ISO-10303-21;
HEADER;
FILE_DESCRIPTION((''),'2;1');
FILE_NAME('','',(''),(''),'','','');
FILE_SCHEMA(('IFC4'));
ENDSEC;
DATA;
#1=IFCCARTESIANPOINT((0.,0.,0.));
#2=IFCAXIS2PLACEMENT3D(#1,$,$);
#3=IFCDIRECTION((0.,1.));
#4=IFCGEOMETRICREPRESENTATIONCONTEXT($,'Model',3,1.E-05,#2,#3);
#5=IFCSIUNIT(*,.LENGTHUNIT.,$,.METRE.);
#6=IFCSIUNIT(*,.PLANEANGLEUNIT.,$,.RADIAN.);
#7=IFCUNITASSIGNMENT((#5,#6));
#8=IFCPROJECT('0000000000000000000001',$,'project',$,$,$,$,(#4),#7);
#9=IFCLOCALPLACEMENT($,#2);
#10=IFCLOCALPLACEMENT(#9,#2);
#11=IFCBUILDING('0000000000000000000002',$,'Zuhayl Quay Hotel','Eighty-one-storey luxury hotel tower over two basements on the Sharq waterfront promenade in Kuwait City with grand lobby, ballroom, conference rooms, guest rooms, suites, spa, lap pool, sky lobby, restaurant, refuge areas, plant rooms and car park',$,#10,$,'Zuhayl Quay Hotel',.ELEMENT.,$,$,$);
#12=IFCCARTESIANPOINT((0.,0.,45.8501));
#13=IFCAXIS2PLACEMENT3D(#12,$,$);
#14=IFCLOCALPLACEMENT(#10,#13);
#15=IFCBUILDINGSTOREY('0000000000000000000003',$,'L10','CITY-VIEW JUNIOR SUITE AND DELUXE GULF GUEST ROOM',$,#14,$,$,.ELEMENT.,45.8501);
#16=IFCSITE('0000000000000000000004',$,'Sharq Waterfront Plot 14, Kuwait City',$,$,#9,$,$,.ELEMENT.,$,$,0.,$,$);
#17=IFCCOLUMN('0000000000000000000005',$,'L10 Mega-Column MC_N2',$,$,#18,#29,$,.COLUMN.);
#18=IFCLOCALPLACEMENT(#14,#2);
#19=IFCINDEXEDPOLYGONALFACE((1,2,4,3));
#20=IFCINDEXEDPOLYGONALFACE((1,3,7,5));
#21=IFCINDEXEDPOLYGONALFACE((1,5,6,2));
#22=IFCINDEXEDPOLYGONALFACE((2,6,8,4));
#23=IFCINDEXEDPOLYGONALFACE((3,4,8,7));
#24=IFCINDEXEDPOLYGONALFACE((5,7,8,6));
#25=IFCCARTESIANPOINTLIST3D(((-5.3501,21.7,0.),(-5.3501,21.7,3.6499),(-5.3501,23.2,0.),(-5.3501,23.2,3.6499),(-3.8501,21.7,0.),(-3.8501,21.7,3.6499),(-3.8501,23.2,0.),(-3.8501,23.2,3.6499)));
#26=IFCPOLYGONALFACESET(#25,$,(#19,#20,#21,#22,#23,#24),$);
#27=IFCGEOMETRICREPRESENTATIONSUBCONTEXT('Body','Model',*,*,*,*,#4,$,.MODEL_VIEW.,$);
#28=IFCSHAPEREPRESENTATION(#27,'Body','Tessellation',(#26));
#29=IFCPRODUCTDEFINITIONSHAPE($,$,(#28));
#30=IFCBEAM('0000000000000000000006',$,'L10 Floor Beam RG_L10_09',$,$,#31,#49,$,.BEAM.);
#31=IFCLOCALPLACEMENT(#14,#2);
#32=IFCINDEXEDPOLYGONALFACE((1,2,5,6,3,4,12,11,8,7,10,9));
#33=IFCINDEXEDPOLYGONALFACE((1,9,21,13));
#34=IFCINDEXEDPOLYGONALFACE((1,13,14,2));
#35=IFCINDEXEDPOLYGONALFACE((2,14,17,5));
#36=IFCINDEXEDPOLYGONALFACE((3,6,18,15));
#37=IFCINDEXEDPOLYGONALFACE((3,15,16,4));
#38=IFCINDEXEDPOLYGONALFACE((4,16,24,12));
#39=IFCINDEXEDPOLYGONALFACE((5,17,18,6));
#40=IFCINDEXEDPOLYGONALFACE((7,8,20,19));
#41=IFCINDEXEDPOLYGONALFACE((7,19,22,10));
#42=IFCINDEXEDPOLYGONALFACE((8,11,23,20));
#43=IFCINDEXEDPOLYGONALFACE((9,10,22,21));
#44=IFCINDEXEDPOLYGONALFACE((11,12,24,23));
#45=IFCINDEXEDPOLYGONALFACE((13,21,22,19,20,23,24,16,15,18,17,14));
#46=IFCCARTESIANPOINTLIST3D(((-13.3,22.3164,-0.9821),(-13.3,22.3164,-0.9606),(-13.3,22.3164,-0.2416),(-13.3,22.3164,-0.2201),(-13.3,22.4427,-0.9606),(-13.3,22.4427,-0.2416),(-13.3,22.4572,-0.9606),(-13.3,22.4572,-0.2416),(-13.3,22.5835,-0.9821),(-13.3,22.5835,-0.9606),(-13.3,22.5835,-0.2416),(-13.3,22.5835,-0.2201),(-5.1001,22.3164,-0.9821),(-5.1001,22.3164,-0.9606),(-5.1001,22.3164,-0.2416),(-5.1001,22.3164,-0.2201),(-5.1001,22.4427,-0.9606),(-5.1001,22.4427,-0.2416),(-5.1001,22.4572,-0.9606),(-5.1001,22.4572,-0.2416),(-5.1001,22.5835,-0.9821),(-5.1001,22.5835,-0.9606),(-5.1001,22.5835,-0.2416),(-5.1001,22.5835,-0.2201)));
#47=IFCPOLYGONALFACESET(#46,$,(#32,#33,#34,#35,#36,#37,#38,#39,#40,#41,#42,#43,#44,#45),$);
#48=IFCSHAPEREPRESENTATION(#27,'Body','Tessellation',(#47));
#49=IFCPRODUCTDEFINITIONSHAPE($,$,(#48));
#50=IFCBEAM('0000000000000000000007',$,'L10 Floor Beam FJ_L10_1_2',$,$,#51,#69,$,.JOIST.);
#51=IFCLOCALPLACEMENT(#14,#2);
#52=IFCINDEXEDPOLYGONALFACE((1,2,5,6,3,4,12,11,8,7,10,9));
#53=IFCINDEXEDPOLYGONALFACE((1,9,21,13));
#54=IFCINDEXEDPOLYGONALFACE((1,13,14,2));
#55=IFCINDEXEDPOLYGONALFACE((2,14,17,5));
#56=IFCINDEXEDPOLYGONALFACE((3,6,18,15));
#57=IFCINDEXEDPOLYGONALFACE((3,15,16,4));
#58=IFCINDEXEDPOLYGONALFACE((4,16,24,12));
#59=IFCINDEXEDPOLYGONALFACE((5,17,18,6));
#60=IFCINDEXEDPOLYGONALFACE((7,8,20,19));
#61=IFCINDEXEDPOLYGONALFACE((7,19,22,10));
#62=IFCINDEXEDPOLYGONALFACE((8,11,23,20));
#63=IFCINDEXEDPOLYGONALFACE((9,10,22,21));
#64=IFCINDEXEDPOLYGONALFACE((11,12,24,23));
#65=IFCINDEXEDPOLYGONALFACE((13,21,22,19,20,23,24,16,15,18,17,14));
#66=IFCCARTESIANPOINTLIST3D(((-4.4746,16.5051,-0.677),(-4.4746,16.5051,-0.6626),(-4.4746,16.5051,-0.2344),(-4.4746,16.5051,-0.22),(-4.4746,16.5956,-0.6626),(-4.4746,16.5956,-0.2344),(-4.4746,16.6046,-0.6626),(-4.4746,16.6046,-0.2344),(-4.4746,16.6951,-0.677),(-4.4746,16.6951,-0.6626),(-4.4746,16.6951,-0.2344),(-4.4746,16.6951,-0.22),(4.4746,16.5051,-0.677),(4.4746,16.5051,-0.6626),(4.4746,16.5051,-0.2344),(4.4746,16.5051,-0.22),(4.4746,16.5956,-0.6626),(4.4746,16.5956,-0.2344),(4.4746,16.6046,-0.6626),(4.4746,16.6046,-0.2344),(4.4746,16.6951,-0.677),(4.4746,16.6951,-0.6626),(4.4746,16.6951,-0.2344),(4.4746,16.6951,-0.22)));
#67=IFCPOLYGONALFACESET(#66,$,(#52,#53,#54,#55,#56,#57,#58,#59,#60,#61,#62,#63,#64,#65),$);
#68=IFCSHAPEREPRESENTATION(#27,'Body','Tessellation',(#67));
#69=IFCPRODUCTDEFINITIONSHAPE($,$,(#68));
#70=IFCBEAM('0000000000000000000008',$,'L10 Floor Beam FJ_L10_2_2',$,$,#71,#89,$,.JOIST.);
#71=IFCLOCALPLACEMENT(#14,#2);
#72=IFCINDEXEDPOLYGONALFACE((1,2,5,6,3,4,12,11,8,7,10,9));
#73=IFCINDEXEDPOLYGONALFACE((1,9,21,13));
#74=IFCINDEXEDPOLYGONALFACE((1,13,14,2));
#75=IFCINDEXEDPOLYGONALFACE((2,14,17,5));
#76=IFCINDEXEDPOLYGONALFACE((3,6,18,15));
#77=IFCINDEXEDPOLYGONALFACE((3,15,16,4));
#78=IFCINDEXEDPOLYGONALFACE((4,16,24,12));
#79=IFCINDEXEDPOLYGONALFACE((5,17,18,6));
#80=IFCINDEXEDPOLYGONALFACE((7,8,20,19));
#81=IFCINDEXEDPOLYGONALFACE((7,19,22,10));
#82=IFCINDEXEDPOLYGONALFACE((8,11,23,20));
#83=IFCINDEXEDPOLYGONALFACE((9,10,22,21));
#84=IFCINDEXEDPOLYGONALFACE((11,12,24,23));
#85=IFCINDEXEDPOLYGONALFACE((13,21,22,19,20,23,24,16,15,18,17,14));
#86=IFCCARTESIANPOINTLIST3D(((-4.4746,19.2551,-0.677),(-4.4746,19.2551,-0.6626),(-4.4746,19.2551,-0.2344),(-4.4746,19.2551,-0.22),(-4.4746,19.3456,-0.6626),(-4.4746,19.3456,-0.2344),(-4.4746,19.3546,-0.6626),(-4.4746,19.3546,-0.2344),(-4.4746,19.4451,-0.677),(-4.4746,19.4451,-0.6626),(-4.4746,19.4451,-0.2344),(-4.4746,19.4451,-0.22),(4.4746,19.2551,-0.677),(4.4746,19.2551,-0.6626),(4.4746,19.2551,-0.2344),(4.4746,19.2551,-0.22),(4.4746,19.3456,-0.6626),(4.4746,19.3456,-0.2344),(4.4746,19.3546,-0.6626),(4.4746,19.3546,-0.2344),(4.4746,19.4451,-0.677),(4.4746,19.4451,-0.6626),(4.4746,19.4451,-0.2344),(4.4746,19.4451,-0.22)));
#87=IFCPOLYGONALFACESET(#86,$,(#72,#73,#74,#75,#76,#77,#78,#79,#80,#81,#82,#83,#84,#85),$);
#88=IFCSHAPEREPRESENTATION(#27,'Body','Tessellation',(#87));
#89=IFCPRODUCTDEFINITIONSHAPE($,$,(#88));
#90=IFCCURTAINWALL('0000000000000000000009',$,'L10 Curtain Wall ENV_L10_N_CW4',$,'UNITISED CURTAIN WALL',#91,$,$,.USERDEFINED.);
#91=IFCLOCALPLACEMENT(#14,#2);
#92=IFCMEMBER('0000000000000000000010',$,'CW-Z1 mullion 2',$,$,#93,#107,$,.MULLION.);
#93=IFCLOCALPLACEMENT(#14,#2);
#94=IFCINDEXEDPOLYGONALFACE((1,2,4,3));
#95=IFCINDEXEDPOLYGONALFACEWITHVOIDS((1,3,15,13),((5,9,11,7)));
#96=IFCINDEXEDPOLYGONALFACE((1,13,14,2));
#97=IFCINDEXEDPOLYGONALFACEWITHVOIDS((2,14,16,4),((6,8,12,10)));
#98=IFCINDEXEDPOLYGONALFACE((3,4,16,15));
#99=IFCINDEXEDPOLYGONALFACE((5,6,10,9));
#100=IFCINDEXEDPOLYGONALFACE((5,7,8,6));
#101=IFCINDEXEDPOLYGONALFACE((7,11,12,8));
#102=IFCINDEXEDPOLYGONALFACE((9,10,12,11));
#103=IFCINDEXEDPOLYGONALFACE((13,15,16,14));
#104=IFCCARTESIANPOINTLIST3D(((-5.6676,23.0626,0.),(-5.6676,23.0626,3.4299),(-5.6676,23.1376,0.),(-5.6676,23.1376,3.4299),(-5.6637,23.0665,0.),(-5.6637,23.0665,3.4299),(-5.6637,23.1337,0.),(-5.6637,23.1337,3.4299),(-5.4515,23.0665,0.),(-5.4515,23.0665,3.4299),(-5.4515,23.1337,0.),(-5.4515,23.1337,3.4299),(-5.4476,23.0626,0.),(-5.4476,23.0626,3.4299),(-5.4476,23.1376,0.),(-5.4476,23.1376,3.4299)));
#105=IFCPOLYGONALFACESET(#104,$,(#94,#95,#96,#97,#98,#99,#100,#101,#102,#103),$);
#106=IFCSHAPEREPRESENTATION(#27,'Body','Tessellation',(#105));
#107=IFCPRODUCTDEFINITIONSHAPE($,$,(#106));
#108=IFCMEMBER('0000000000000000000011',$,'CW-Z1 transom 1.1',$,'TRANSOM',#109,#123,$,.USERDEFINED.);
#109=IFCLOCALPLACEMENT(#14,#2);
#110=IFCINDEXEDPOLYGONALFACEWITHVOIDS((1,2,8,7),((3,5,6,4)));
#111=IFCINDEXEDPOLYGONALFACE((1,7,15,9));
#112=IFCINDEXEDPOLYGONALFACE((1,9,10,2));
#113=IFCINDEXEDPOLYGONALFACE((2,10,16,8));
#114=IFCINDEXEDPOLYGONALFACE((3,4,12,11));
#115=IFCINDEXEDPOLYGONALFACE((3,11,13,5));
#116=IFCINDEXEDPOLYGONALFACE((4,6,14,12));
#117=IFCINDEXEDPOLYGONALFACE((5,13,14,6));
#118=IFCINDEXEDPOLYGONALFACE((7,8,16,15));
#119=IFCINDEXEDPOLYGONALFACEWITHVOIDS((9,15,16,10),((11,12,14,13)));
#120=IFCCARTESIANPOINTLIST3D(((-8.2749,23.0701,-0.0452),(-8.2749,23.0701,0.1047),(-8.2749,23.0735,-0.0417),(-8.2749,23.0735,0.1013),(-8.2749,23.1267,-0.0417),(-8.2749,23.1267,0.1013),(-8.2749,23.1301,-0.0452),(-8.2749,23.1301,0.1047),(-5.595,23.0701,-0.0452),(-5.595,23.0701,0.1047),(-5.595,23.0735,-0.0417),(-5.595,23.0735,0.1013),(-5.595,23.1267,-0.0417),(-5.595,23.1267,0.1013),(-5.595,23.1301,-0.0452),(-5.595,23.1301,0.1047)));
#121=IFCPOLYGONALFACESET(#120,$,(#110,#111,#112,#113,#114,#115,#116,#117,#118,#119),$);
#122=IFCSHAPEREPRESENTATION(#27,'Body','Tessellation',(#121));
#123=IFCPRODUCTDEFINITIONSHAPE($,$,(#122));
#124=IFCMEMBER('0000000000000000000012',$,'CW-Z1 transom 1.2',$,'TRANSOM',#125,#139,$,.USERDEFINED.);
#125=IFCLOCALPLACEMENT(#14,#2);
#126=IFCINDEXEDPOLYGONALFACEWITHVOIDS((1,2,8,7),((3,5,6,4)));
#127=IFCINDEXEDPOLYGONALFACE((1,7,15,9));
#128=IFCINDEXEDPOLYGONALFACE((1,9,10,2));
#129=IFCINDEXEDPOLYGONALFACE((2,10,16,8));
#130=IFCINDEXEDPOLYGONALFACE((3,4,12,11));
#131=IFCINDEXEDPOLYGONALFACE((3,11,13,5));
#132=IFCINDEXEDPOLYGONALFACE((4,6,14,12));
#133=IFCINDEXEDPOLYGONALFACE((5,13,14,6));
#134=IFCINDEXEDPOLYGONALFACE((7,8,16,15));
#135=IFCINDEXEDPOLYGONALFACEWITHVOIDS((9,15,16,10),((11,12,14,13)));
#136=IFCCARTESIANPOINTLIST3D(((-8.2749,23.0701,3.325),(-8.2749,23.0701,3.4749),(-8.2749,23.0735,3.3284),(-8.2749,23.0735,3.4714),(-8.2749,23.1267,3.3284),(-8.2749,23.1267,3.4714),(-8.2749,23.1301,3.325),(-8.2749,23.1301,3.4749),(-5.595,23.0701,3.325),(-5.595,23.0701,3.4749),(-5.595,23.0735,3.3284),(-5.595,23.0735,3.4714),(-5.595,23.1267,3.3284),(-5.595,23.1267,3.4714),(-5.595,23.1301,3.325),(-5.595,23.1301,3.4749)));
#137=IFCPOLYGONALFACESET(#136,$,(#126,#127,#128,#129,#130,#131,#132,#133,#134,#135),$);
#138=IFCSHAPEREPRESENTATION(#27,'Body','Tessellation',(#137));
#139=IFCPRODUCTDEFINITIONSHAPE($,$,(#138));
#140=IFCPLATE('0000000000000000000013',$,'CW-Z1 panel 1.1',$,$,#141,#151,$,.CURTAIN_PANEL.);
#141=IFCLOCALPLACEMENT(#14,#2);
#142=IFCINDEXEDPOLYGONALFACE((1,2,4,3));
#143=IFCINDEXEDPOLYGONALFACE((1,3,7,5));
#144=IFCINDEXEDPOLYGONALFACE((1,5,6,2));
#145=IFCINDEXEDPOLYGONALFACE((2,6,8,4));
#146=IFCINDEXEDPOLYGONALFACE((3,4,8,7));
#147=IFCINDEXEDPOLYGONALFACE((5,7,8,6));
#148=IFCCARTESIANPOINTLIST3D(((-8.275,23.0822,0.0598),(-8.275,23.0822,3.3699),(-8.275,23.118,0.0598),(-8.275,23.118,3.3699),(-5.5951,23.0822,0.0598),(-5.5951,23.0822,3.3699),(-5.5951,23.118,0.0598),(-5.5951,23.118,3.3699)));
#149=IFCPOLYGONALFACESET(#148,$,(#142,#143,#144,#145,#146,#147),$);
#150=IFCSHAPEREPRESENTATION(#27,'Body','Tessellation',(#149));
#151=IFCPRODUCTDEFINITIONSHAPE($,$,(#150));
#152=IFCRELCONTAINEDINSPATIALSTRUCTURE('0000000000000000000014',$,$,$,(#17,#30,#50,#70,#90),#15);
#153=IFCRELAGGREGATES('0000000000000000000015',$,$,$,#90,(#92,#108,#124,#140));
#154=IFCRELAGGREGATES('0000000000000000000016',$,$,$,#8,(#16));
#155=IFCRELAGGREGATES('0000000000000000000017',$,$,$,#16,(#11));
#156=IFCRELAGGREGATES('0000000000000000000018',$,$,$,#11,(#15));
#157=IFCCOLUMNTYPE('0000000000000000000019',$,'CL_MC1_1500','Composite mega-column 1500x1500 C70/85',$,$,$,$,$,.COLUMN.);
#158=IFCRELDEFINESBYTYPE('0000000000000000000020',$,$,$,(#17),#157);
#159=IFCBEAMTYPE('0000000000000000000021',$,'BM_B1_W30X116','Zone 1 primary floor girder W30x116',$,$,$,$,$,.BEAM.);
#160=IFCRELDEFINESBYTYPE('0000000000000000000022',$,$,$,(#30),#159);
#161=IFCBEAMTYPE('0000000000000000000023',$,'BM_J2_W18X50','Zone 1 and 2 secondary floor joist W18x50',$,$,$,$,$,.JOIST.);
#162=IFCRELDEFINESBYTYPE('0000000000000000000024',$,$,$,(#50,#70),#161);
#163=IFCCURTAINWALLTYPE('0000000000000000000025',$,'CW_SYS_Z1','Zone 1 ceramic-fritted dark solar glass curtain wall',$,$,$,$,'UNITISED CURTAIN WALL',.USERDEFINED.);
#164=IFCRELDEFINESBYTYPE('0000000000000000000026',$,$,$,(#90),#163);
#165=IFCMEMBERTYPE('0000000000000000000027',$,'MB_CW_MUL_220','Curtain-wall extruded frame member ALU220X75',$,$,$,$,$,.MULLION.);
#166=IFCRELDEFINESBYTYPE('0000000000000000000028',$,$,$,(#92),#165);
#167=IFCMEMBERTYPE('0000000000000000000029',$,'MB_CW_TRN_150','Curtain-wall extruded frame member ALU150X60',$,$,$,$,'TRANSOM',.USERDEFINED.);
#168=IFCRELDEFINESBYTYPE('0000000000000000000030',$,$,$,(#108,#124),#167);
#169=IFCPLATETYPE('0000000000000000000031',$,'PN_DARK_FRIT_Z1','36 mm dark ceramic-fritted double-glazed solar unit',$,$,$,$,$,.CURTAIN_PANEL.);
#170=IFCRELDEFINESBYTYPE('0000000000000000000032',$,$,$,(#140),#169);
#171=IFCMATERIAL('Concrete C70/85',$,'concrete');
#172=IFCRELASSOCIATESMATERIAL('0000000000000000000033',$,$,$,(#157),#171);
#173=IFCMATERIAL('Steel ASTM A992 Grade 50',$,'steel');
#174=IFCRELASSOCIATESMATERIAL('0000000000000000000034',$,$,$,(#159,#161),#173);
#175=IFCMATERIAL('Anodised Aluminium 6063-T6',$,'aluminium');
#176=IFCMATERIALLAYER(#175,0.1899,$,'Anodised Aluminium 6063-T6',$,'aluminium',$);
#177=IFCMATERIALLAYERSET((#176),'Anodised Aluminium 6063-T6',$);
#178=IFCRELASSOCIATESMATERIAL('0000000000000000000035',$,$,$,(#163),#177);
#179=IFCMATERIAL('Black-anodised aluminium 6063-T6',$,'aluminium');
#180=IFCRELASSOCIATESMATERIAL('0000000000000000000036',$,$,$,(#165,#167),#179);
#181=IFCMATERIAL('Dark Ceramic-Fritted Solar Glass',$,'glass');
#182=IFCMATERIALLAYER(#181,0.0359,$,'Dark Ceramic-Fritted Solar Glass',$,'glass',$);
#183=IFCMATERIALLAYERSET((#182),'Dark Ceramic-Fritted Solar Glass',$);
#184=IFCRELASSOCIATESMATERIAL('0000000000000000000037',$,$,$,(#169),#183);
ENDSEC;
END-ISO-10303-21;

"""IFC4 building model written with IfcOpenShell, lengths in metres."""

from ifc_helpers import new_model, si_unit, direction, frame, origin, origin_2d, place, context, subcontext, project, spatial, rectangle, hollow_rectangle, i_section, extrude, material, layer, layer_set, material_profile, profile_set, type_object, element, aggregate, save


model = new_model("IFC4")

# Units and contexts
model_context = context("Model", 3, precision=1e-05, world=origin(), true_north=direction((0.0, 1.0)))
body_context = subcontext(model_context, "Body", "Model", "MODEL_VIEW")
ifc_project = project(units=[si_unit("LENGTHUNIT", "METRE"), si_unit("PLANEANGLEUNIT", "RADIAN")], contexts=[model_context])

# Site, building, storey
site_placement = place(None, origin())
site = spatial("IfcSite", under=ifc_project, at=site_placement, Name="Sharq Waterfront Plot 14, Kuwait City", CompositionType="ELEMENT", RefElevation=0.0)
building_placement = place(site_placement, origin())
building = spatial("IfcBuilding", under=site, at=building_placement, Name="Zuhayl Quay Hotel", Description="Eighty-one-storey luxury hotel tower over two basements on the Sharq waterfront promenade in Kuwait City with grand lobby, ballroom, conference rooms, guest rooms, suites, spa, lap pool, sky lobby, restaurant, refuge areas, plant rooms and car park", LongName="Zuhayl Quay Hotel", CompositionType="ELEMENT")
storey_placement = place(building_placement, frame((0.0, 0.0, 45.8501)))
storey = spatial("IfcBuildingStorey", under=building, at=storey_placement, Name="L10", Description="CITY-VIEW JUNIOR SUITE AND DELUXE GULF GUEST ROOM", CompositionType="ELEMENT", Elevation=45.8501)

# Column
ifc_material_1 = material(Name="Concrete C70/85", Category="concrete")
ifc_material_profile_1 = material_profile(ifc_material_1, rectangle(XDim=1.5, YDim=1.5, at=origin_2d()), Name="RC1500X1500")
ifc_profile_set_1 = profile_set([ifc_material_profile_1], Name="Concrete C70/85")
column_type = type_object("IfcColumnType", Name="CL_MC1_1500", Description="Composite mega-column 1500x1500 C70/85", PredefinedType="COLUMN", material=ifc_profile_set_1)
column_placement = place(storey_placement, frame((-4.6001, 22.45, 0.0), z_axis=(0.0, 0.0, 1.0), x_axis=(1.0, 0.0, 0.0)))
element("IfcColumn", 1, at=column_placement, inside=storey, type_object=column_type, Name="L10 Mega-Column MC_N2", PredefinedType="COLUMN", context=body_context, shape_type="SweptSolid", body=[
    extrude(rectangle(XDim=1.5, YDim=1.5, at=origin_2d()), origin(), (0.0, 0.0, 1.0), 3.6499),
])

# Beams
ifc_material_2 = material(Name="Steel ASTM A992 Grade 50", Category="steel")
ifc_material_profile_2 = material_profile(ifc_material_2, i_section(OverallWidth=0.2671, OverallDepth=0.762, WebThickness=0.0144, FlangeThickness=0.0215, at=origin_2d()), Name="W30X116")
ifc_profile_set_2 = profile_set([ifc_material_profile_2], Name="Steel ASTM A992 Grade 50")
beam_type_1 = type_object("IfcBeamType", Name="BM_B1_W30X116", Description="Zone 1 primary floor girder W30x116", PredefinedType="BEAM", material=ifc_profile_set_2)
beam_placement = place(storey_placement, frame((-5.1001, 22.45, -0.6011), z_axis=(-1.0, 0.0, 0.0), x_axis=(0.0, -1.0, 0.0)))
element("IfcBeam", 2, at=beam_placement, inside=storey, type_object=beam_type_1, Name="L10 Floor Beam RG_L10_09", PredefinedType="BEAM", context=body_context, shape_type="SweptSolid", body=[
    extrude(i_section(OverallWidth=0.2671, OverallDepth=0.762, WebThickness=0.0144, FlangeThickness=0.0215, at=origin_2d()), origin(), (0.0, 0.0, 1.0), 8.2),
])
ifc_material_profile_3 = material_profile(ifc_material_2, i_section(OverallWidth=0.1899, OverallDepth=0.457, WebThickness=0.009, FlangeThickness=0.0144, at=origin_2d()), Name="W18X50")
ifc_profile_set_3 = profile_set([ifc_material_profile_3], Name="Steel ASTM A992 Grade 50")
beam_type_2 = type_object("IfcBeamType", Name="BM_J2_W18X50", Description="Zone 1 and 2 secondary floor joist W18x50", PredefinedType="JOIST", material=ifc_profile_set_3)
for number, where, z_axis, x_axis, name in (
    (3, (-4.4746, 16.6001, -0.4485), (1.0, 0.0, 0.0), (0.0, 1.0, 0.0), "L10 Floor Beam FJ_L10_1_2"),
    (4, (-4.4746, 19.3501, -0.4485), (1.0, 0.0, 0.0), (0.0, 1.0, 0.0), "L10 Floor Beam FJ_L10_2_2"),
):
    element("IfcBeam", number, at=place(storey_placement, frame(where, z_axis=z_axis, x_axis=x_axis)), inside=storey, type_object=beam_type_2, Name=name, PredefinedType="JOIST", context=body_context, shape_type="SweptSolid", body=[
        extrude(i_section(OverallWidth=0.1899, OverallDepth=0.457, WebThickness=0.009, FlangeThickness=0.0144, at=origin_2d()), origin(), (0.0, 0.0, 1.0), 8.9492),
    ])

# Curtain wall, members, plate
ifc_material_3 = material(Name="Anodised Aluminium 6063-T6", Category="aluminium")
ifc_layer_1 = layer(ifc_material_3, 0.1899, Name="Anodised Aluminium 6063-T6", Category="aluminium")
ifc_layer_set_1 = layer_set([ifc_layer_1], Name="Anodised Aluminium 6063-T6")
curtain_wall_type = type_object("IfcCurtainWallType", Name="CW_SYS_Z1", Description="Zone 1 ceramic-fritted dark solar glass curtain wall", ElementType="UNITISED CURTAIN WALL", PredefinedType="USERDEFINED", material=ifc_layer_set_1)
curtain_wall_placement = place(storey_placement, origin())
curtain_wall = element("IfcCurtainWall", 5, at=curtain_wall_placement, inside=storey, type_object=curtain_wall_type, Name="L10 Curtain Wall ENV_L10_N_CW4", ObjectType="UNITISED CURTAIN WALL", PredefinedType="USERDEFINED")
ifc_material_4 = material(Name="Black-anodised aluminium 6063-T6", Category="aluminium")
ifc_material_profile_4 = material_profile(ifc_material_4, hollow_rectangle(XDim=0.075, YDim=0.22, WallThickness=0.0039, at=origin_2d()), Name="ALU220X75")
ifc_profile_set_4 = profile_set([ifc_material_profile_4], Name="Black-anodised aluminium 6063-T6")
member_type_1 = type_object("IfcMemberType", Name="MB_CW_MUL_220", Description="Curtain-wall extruded frame member ALU220X75", PredefinedType="MULLION", material=ifc_profile_set_4)
member_1_placement = place(storey_placement, frame((-5.5576, 23.1001, 0.0), z_axis=(0.0, 0.0, 1.0), x_axis=(0.0, 1.0, 0.0)))
member_1 = element("IfcMember", 6, at=member_1_placement, type_object=member_type_1, Name="CW-Z1 mullion 2", PredefinedType="MULLION", context=body_context, shape_type="SweptSolid", body=[
    extrude(hollow_rectangle(XDim=0.075, YDim=0.22, WallThickness=0.0039, at=origin_2d()), origin(), (0.0, 0.0, 1.0), 3.4299),
])
ifc_material_profile_5 = material_profile(ifc_material_4, hollow_rectangle(XDim=0.0601, YDim=0.1499, WallThickness=0.0034, at=origin_2d()), Name="ALU150X60")
ifc_profile_set_5 = profile_set([ifc_material_profile_5], Name="Black-anodised aluminium 6063-T6")
member_type_2 = type_object("IfcMemberType", Name="MB_CW_TRN_150", Description="Curtain-wall extruded frame member ALU150X60", ElementType="TRANSOM", PredefinedType="USERDEFINED", material=ifc_profile_set_5)
member_2_placement = place(storey_placement, frame((-8.2749, 23.1001, 0.0298), z_axis=(1.0, 0.0, 0.0), x_axis=(0.0, 1.0, 0.0)))
member_2 = element("IfcMember", 7, at=member_2_placement, type_object=member_type_2, Name="CW-Z1 transom 1.1", ObjectType="TRANSOM", PredefinedType="USERDEFINED", context=body_context, shape_type="SweptSolid", body=[
    extrude(hollow_rectangle(XDim=0.0601, YDim=0.1499, WallThickness=0.0034, at=origin_2d()), origin(), (0.0, 0.0, 1.0), 2.6799),
])
member_3_placement = place(storey_placement, frame((-8.2749, 23.1001, 3.3999), z_axis=(1.0, 0.0, 0.0), x_axis=(0.0, 1.0, 0.0)))
member_3 = element("IfcMember", 8, at=member_3_placement, type_object=member_type_2, Name="CW-Z1 transom 1.2", ObjectType="TRANSOM", PredefinedType="USERDEFINED", context=body_context, shape_type="SweptSolid", body=[
    extrude(hollow_rectangle(XDim=0.0601, YDim=0.1499, WallThickness=0.0034, at=origin_2d()), origin(), (0.0, 0.0, 1.0), 2.6799),
])
ifc_material_5 = material(Name="Dark Ceramic-Fritted Solar Glass", Category="glass")
ifc_layer_2 = layer(ifc_material_5, 0.0359, Name="Dark Ceramic-Fritted Solar Glass", Category="glass")
ifc_layer_set_2 = layer_set([ifc_layer_2], Name="Dark Ceramic-Fritted Solar Glass")
plate_type = type_object("IfcPlateType", Name="PN_DARK_FRIT_Z1", Description="36 mm dark ceramic-fritted double-glazed solar unit", PredefinedType="CURTAIN_PANEL", material=ifc_layer_set_2)
plate_placement = place(storey_placement, frame((-6.9351, 23.1001, 0.0598), z_axis=(0.0, 0.0, 1.0), x_axis=(1.0, 0.0, 0.0)))
plate = element("IfcPlate", 9, at=plate_placement, type_object=plate_type, Name="CW-Z1 panel 1.1", PredefinedType="CURTAIN_PANEL", context=body_context, shape_type="SweptSolid", body=[
    extrude(rectangle(XDim=2.6799, YDim=0.0359, at=origin_2d()), origin(), (0.0, 0.0, 1.0), 3.3101),
])
aggregate(curtain_wall, [member_1, member_2, member_3, plate])

save(model, "model.ifc")
